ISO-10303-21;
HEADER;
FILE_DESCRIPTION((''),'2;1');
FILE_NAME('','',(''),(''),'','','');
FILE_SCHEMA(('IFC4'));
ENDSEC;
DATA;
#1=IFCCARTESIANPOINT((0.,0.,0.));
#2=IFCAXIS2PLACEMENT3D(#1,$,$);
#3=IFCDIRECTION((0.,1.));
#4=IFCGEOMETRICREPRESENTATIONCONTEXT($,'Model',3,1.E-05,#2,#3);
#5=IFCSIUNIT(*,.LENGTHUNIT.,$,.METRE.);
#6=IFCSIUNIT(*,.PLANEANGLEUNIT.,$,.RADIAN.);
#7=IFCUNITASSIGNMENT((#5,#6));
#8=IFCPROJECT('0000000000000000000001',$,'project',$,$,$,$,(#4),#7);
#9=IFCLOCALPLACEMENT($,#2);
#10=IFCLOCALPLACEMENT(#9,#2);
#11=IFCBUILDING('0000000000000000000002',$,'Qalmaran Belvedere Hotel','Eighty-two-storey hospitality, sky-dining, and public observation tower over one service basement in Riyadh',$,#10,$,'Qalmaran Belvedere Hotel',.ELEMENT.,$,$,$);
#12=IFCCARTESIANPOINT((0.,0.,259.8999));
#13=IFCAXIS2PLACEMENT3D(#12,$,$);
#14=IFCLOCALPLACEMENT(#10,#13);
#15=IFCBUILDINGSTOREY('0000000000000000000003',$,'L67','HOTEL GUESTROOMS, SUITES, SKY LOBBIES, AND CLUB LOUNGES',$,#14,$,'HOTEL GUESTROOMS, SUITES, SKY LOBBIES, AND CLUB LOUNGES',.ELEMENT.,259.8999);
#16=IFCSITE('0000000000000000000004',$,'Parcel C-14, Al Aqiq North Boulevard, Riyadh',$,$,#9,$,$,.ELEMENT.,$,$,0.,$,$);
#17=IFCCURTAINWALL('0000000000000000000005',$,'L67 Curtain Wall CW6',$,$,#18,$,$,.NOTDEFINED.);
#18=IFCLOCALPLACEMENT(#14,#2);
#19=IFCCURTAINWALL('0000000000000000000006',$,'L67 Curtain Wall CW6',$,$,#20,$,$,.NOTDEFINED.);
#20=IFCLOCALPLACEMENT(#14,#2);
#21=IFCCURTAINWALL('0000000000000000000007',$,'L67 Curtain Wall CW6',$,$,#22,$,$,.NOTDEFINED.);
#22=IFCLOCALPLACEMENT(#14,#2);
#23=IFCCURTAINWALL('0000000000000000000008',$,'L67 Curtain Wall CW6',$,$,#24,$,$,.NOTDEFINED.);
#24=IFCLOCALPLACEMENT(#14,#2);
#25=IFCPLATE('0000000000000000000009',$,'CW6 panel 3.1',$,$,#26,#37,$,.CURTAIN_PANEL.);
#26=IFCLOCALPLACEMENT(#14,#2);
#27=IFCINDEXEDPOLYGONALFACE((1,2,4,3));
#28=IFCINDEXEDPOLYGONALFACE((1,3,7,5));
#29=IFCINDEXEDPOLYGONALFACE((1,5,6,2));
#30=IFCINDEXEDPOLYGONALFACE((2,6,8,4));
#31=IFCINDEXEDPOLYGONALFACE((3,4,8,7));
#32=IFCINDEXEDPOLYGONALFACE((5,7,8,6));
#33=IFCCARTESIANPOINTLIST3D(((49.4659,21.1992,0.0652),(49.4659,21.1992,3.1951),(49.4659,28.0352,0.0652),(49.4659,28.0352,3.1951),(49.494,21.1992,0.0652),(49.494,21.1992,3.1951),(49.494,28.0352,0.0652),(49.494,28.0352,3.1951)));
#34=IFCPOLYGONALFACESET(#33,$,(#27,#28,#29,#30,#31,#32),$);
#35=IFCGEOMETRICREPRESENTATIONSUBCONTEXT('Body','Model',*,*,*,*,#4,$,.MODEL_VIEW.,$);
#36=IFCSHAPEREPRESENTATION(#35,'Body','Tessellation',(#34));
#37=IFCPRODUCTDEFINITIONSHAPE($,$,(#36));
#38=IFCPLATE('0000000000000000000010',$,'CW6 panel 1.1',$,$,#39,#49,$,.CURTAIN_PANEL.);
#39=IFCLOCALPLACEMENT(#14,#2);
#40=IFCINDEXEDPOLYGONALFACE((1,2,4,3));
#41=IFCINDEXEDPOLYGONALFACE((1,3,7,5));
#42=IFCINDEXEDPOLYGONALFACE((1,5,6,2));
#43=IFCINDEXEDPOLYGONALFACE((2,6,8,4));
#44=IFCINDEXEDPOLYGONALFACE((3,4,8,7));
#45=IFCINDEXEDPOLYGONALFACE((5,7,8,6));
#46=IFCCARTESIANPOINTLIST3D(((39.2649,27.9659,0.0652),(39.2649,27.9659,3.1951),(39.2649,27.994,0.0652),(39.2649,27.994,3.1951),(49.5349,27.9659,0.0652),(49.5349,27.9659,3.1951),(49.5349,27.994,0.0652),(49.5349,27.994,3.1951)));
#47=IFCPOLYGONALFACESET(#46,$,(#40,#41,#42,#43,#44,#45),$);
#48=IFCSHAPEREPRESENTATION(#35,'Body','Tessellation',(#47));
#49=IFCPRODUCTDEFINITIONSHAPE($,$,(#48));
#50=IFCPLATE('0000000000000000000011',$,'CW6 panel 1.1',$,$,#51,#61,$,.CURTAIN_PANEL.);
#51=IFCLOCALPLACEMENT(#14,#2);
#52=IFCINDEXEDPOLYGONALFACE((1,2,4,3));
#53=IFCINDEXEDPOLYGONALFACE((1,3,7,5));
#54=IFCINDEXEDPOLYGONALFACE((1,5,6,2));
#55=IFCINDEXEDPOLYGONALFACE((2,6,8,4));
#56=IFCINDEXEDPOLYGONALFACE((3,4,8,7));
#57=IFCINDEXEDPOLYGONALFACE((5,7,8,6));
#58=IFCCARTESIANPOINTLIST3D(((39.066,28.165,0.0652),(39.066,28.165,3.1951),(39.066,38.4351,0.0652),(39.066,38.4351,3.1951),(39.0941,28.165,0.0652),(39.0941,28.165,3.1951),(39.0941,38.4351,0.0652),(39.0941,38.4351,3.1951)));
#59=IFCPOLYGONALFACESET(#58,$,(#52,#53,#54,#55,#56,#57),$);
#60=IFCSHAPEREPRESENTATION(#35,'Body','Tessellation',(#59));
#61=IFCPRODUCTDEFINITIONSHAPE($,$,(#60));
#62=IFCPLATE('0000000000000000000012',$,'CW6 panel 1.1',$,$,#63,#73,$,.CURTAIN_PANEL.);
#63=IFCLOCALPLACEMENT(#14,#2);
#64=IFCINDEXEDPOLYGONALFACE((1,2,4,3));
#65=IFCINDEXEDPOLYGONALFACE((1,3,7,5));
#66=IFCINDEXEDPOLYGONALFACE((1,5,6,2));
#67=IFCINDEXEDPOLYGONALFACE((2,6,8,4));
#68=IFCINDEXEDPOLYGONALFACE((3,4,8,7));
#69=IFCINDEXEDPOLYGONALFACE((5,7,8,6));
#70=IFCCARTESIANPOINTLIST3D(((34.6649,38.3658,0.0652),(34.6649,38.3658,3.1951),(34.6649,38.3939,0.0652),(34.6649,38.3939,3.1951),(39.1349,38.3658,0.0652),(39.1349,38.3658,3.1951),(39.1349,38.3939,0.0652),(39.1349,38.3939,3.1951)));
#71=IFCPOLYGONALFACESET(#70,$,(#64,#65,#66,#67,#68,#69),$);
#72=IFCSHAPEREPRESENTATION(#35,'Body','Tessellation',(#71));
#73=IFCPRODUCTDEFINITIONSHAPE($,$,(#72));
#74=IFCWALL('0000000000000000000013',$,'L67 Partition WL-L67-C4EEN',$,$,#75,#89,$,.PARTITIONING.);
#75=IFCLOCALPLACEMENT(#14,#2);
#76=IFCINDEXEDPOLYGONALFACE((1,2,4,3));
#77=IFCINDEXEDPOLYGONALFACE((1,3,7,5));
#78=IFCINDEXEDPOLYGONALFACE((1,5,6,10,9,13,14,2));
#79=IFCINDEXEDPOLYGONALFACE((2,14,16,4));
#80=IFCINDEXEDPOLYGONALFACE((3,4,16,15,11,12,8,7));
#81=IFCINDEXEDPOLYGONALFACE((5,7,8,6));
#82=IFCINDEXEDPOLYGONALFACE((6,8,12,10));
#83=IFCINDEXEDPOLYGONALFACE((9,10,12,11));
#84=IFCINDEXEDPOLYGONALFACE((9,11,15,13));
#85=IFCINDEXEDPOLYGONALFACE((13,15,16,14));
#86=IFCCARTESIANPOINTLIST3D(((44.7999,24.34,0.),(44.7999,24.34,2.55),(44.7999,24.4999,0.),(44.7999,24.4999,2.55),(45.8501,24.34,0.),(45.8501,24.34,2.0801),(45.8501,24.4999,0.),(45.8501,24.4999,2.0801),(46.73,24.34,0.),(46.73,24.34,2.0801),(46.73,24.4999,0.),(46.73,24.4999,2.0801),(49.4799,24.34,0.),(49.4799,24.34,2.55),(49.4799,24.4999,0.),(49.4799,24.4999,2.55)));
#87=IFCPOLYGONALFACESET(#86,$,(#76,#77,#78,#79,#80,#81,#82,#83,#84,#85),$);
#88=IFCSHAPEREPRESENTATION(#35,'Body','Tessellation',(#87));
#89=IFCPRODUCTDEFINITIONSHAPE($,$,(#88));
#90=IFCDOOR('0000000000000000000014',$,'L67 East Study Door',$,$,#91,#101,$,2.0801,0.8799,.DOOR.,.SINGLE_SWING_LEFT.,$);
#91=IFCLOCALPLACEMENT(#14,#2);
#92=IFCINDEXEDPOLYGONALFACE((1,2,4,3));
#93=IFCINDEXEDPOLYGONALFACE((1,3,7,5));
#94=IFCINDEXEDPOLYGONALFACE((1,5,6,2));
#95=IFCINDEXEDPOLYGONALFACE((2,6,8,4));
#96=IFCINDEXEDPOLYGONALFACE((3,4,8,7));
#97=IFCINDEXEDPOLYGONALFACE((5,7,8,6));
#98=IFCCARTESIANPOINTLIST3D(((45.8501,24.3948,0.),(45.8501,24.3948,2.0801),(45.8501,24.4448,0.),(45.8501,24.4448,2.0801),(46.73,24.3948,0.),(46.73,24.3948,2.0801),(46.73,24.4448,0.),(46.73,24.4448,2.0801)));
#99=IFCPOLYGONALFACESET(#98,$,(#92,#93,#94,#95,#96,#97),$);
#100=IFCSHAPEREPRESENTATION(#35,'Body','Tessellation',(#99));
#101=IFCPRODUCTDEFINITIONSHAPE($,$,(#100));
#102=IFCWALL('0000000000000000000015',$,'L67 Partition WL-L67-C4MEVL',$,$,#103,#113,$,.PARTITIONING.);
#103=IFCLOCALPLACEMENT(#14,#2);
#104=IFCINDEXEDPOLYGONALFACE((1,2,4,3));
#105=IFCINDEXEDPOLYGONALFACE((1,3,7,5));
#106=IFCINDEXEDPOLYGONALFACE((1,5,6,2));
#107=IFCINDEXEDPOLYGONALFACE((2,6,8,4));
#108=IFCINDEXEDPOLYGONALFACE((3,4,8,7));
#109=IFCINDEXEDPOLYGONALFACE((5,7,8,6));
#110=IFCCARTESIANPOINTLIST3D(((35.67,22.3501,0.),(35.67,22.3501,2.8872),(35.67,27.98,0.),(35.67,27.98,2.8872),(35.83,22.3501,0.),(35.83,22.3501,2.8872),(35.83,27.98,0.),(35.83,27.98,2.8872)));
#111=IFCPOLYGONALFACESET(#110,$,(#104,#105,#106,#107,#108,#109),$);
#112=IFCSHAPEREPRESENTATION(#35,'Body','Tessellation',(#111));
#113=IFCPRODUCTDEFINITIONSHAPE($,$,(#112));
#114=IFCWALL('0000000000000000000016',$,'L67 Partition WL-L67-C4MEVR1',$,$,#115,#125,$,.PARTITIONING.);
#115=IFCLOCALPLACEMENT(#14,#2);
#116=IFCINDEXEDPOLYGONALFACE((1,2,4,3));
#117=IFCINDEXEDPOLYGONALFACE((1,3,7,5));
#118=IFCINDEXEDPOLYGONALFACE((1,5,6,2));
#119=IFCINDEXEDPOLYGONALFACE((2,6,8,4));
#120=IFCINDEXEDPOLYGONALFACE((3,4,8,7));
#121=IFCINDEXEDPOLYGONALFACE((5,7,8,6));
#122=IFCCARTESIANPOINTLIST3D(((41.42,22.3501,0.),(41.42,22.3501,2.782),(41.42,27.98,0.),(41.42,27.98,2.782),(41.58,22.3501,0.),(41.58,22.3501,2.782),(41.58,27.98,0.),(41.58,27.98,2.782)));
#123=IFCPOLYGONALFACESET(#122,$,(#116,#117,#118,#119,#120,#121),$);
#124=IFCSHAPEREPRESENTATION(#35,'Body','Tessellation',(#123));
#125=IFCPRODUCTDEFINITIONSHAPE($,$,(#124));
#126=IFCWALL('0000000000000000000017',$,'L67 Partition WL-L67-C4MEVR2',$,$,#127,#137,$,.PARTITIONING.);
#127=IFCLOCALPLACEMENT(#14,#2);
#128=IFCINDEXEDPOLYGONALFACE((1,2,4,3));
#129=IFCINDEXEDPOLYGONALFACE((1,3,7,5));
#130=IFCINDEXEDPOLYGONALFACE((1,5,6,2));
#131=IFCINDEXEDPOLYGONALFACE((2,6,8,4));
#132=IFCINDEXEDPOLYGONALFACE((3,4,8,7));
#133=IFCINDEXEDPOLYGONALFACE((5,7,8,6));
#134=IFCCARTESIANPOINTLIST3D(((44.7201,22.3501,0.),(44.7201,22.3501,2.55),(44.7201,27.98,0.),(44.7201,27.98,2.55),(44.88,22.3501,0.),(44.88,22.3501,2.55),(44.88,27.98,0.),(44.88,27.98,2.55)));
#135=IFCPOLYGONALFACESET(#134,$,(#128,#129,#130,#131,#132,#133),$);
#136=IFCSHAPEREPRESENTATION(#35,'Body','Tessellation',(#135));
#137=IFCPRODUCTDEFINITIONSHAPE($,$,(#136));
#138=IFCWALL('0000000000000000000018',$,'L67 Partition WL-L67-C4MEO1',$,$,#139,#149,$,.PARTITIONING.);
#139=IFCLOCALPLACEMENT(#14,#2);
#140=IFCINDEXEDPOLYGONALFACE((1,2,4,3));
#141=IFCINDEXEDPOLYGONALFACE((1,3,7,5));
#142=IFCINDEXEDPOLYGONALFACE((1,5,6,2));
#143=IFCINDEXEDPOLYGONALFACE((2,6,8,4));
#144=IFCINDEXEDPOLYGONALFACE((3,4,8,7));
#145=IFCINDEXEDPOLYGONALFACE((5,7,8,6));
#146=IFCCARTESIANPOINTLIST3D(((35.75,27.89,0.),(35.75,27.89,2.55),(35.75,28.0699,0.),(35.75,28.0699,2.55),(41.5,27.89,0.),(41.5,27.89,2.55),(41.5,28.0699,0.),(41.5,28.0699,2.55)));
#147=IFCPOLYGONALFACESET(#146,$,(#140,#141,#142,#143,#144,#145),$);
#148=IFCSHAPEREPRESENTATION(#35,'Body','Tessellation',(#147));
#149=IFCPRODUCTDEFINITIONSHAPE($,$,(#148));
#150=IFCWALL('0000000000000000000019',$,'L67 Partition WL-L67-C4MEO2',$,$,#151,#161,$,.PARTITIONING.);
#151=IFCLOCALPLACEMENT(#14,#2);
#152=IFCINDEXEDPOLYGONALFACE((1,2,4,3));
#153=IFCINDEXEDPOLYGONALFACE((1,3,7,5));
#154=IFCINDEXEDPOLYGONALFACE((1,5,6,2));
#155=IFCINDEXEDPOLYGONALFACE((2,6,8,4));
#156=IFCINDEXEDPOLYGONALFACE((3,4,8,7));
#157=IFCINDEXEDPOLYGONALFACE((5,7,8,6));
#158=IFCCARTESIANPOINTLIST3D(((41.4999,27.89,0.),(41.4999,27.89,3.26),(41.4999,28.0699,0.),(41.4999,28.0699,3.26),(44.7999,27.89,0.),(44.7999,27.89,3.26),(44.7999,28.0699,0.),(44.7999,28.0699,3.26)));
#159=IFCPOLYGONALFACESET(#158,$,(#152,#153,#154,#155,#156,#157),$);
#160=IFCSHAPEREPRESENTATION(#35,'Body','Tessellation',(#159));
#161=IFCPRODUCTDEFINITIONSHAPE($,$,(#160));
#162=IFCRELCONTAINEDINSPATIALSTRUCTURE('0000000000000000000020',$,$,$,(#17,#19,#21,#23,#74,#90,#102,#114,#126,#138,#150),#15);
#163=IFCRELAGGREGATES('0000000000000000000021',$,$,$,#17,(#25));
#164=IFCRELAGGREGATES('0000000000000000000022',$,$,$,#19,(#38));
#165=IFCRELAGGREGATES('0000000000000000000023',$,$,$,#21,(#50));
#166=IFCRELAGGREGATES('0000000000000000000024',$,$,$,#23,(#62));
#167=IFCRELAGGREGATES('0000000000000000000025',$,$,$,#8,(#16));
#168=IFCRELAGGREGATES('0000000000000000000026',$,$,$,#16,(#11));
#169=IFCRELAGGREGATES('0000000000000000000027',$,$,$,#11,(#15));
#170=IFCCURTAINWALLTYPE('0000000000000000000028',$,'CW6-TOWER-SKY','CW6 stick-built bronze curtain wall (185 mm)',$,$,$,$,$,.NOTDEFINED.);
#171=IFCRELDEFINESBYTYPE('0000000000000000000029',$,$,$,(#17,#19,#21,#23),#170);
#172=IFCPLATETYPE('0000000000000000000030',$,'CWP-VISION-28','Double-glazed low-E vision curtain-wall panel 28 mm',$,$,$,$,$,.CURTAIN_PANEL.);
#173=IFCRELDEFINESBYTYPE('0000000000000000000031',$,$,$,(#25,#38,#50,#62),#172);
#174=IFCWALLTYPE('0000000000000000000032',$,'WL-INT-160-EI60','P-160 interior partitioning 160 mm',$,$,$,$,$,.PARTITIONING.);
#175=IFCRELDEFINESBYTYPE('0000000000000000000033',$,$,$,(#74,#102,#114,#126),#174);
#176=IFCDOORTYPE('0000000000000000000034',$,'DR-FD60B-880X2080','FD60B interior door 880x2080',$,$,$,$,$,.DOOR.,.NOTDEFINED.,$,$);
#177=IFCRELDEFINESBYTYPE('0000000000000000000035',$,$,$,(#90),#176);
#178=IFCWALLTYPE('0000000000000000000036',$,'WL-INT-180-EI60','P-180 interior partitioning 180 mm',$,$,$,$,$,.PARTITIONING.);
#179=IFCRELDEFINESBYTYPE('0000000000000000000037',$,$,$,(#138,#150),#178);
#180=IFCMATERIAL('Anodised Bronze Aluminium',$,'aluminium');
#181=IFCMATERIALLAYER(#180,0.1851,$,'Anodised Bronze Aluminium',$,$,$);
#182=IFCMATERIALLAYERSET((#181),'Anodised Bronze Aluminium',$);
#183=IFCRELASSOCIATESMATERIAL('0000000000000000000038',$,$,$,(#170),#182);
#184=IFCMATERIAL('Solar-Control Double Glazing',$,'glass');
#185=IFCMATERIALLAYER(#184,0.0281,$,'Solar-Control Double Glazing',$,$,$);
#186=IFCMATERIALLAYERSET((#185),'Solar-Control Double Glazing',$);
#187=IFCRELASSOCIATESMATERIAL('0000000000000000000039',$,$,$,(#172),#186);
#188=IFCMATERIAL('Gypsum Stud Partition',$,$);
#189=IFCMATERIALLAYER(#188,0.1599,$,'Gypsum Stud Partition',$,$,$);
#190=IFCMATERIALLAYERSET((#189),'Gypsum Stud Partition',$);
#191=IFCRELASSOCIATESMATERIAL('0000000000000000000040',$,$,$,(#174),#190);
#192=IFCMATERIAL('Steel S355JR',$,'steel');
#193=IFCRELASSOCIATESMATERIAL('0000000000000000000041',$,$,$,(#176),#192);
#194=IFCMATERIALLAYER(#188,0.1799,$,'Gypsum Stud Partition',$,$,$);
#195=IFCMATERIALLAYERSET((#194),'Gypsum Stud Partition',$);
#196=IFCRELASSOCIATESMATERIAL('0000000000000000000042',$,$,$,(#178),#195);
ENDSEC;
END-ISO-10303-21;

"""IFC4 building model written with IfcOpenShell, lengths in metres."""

from ifc_helpers import new_model, si_unit, direction, frame, frame_2d, origin, origin_2d, place, context, subcontext, project, spatial, rectangle, extrude, material, layer, layer_set, type_object, element, fill, aggregate, save


model = new_model("IFC4")

# Units and contexts
model_context = context("Model", 3, precision=1e-05, world=origin(), true_north=direction((0.0, 1.0)))
body_context = subcontext(model_context, "Body", "Model", "MODEL_VIEW")
ifc_project = project(units=[si_unit("LENGTHUNIT", "METRE"), si_unit("PLANEANGLEUNIT", "RADIAN")], contexts=[model_context])

# Site, building, storey
site_placement = place(None, origin())
site = spatial("IfcSite", under=ifc_project, at=site_placement, Name="Parcel C-14, Al Aqiq North Boulevard, Riyadh", CompositionType="ELEMENT", RefElevation=0.0)
building_placement = place(site_placement, origin())
building = spatial("IfcBuilding", under=site, at=building_placement, Name="Qalmaran Belvedere Hotel", Description="Eighty-two-storey hospitality, sky-dining, and public observation tower over one service basement in Riyadh", LongName="Qalmaran Belvedere Hotel", CompositionType="ELEMENT")
storey_placement = place(building_placement, frame((0.0, 0.0, 259.8999)))
storey = spatial("IfcBuildingStorey", under=building, at=storey_placement, Name="L67", Description="HOTEL GUESTROOMS, SUITES, SKY LOBBIES, AND CLUB LOUNGES", LongName="HOTEL GUESTROOMS, SUITES, SKY LOBBIES, AND CLUB LOUNGES", CompositionType="ELEMENT", Elevation=259.8999)

# Shared definitions
ifc_material_1 = material(Name="Steel S355JR", Category="steel")

# Curtain walls
ifc_material_2 = material(Name="Anodised Bronze Aluminium", Category="aluminium")
ifc_layer_1 = layer(ifc_material_2, 0.1851, Name="Anodised Bronze Aluminium")
ifc_layer_set_1 = layer_set([ifc_layer_1], Name="Anodised Bronze Aluminium")
curtain_wall_type = type_object("IfcCurtainWallType", Name="CW6-TOWER-SKY", Description="CW6 stick-built bronze curtain wall (185 mm)", PredefinedType="NOTDEFINED", material=ifc_layer_set_1)
curtain_wall_1_placement = place(storey_placement, origin())
curtain_wall_1 = element("IfcCurtainWall", 1, at=curtain_wall_1_placement, inside=storey, type_object=curtain_wall_type, Name="L67 Curtain Wall CW6", PredefinedType="NOTDEFINED")
curtain_wall_2_placement = place(storey_placement, origin())
curtain_wall_2 = element("IfcCurtainWall", 2, at=curtain_wall_2_placement, inside=storey, type_object=curtain_wall_type, Name="L67 Curtain Wall CW6", PredefinedType="NOTDEFINED")
curtain_wall_3_placement = place(storey_placement, origin())
curtain_wall_3 = element("IfcCurtainWall", 3, at=curtain_wall_3_placement, inside=storey, type_object=curtain_wall_type, Name="L67 Curtain Wall CW6", PredefinedType="NOTDEFINED")

# Curtain wall
curtain_wall_4_placement = place(storey_placement, origin())
curtain_wall_4 = element("IfcCurtainWall", 4, at=curtain_wall_4_placement, inside=storey, type_object=curtain_wall_type, Name="L67 Curtain Wall CW6", PredefinedType="NOTDEFINED")

# Plates
ifc_material_3 = material(Name="Solar-Control Double Glazing", Category="glass")
ifc_layer_2 = layer(ifc_material_3, 0.0281, Name="Solar-Control Double Glazing")
ifc_layer_set_2 = layer_set([ifc_layer_2], Name="Solar-Control Double Glazing")
plate_type = type_object("IfcPlateType", Name="CWP-VISION-28", Description="Double-glazed low-E vision curtain-wall panel 28 mm", PredefinedType="CURTAIN_PANEL", material=ifc_layer_set_2)
plate_1_placement = place(storey_placement, frame((49.48, 24.6172, 0.0652), z_axis=(0.0, 0.0, 1.0), x_axis=(0.0, 1.0, 0.0)))
plate_1 = element("IfcPlate", 5, at=plate_1_placement, type_object=plate_type, Name="CW6 panel 3.1", PredefinedType="CURTAIN_PANEL", context=body_context, shape_type="SweptSolid", body=[
    extrude(rectangle(XDim=6.8359, YDim=0.0281, at=origin_2d()), origin(), (0.0, 0.0, 1.0), 3.1299),
])
aggregate(curtain_wall_1, [plate_1])
plate_2_placement = place(storey_placement, frame((44.3999, 27.98, 0.0652), z_axis=(0.0, 0.0, 1.0), x_axis=(-1.0, 0.0, 0.0)))
plate_2 = element("IfcPlate", 6, at=plate_2_placement, type_object=plate_type, Name="CW6 panel 1.1", PredefinedType="CURTAIN_PANEL", context=body_context, shape_type="SweptSolid", body=[
    extrude(rectangle(XDim=10.27, YDim=0.0281, at=origin_2d()), origin(), (0.0, 0.0, 1.0), 3.1299),
])
aggregate(curtain_wall_2, [plate_2])
plate_3_placement = place(storey_placement, frame((39.0801, 33.3, 0.0652), z_axis=(0.0, 0.0, 1.0), x_axis=(0.0, 1.0, 0.0)))
plate_3 = element("IfcPlate", 7, at=plate_3_placement, type_object=plate_type, Name="CW6 panel 1.1", PredefinedType="CURTAIN_PANEL", context=body_context, shape_type="SweptSolid", body=[
    extrude(rectangle(XDim=10.27, YDim=0.0281, at=origin_2d()), origin(), (0.0, 0.0, 1.0), 3.1299),
])
aggregate(curtain_wall_3, [plate_3])
plate_4_placement = place(storey_placement, frame((36.8999, 38.3799, 0.0652), z_axis=(0.0, 0.0, 1.0), x_axis=(-1.0, 0.0, 0.0)))
plate_4 = element("IfcPlate", 8, at=plate_4_placement, type_object=plate_type, Name="CW6 panel 1.1", PredefinedType="CURTAIN_PANEL", context=body_context, shape_type="SweptSolid", body=[
    extrude(rectangle(XDim=4.47, YDim=0.0281, at=origin_2d()), origin(), (0.0, 0.0, 1.0), 3.1299),
])
aggregate(curtain_wall_4, [plate_4])

# Wall, opening, door
ifc_material_4 = material(Name="Gypsum Stud Partition")
ifc_layer_3 = layer(ifc_material_4, 0.1599, Name="Gypsum Stud Partition")
ifc_layer_set_3 = layer_set([ifc_layer_3], Name="Gypsum Stud Partition")
wall_type_1 = type_object("IfcWallType", Name="WL-INT-160-EI60", Description="P-160 interior partitioning 160 mm", PredefinedType="PARTITIONING", material=ifc_layer_set_3)
wall_1_placement = place(storey_placement, frame((44.8, 24.4199, 0.0), z_axis=(0.0, 0.0, 1.0), x_axis=(1.0, 0.0, 0.0)))
wall_1 = element("IfcWall", 9, at=wall_1_placement, inside=storey, type_object=wall_type_1, Name="L67 Partition WL-L67-C4EEN", PredefinedType="PARTITIONING", context=body_context, shape_type="SweptSolid", body=[
    extrude(rectangle(XDim=4.6799, YDim=0.1599, at=frame_2d((2.3398, 0.0))), origin(), (0.0, 0.0, 1.0), 2.55),
])
opening_1_placement = place(wall_1_placement, frame((1.05, 0.0, 0.0)))
opening_1 = element("IfcOpeningElement", 10, at=opening_1_placement, cuts=wall_1, PredefinedType="OPENING", context=body_context, shape_type="SweptSolid", body=[
    extrude(rectangle(XDim=0.8799, YDim=2.0801, at=frame_2d((0.4399, 1.04))), frame((0.0, 0.0898, 0.0), z_axis=(0.0, -1.0, 0.0), x_axis=(1.0, 0.0, 0.0)), (0.0, 0.0, 1.0), 0.1799),
])
door_type_1 = type_object("IfcDoorType", Name="DR-FD60B-880X2080", Description="FD60B interior door 880x2080", OperationType="NOTDEFINED", PredefinedType="DOOR", material=ifc_material_1)
door_1_placement = place(opening_1_placement, origin())
door_1 = element("IfcDoor", 11, at=door_1_placement, inside=storey, type_object=door_type_1, Name="L67 East Study Door", OperationType="SINGLE_SWING_LEFT", OverallHeight=2.0801, OverallWidth=0.8799, PredefinedType="DOOR", context=body_context, shape_type="SweptSolid", body=[
    extrude(rectangle(XDim=0.8799, YDim=2.0801, at=frame_2d((0.4399, 1.04))), frame((0.0, 0.0249, 0.0), z_axis=(0.0, -1.0, 0.0), x_axis=(1.0, 0.0, 0.0)), (0.0, 0.0, 1.0), 0.05),
])
fill(opening_1, door_1)

# Walls
wall_2_placement = place(storey_placement, frame((35.75, 22.3501, 0.0), z_axis=(0.0, 0.0, 1.0), x_axis=(0.0, 1.0, 0.0)))
element("IfcWall", 12, at=wall_2_placement, inside=storey, type_object=wall_type_1, Name="L67 Partition WL-L67-C4MEVL", PredefinedType="PARTITIONING", context=body_context, shape_type="SweptSolid", body=[
    extrude(rectangle(XDim=5.6299, YDim=0.1599, at=frame_2d((2.8149, 0.0))), origin(), (0.0, 0.0, 1.0), 2.8872),
])
wall_3_placement = place(storey_placement, frame((41.5, 22.3501, 0.0), z_axis=(0.0, 0.0, 1.0), x_axis=(0.0, 1.0, 0.0)))
element("IfcWall", 13, at=wall_3_placement, inside=storey, type_object=wall_type_1, Name="L67 Partition WL-L67-C4MEVR1", PredefinedType="PARTITIONING", context=body_context, shape_type="SweptSolid", body=[
    extrude(rectangle(XDim=5.6299, YDim=0.1599, at=frame_2d((2.8149, 0.0))), origin(), (0.0, 0.0, 1.0), 2.782),
])
wall_4_placement = place(storey_placement, frame((44.8, 22.3501, 0.0), z_axis=(0.0, 0.0, 1.0), x_axis=(0.0, 1.0, 0.0)))
element("IfcWall", 14, at=wall_4_placement, inside=storey, type_object=wall_type_1, Name="L67 Partition WL-L67-C4MEVR2", PredefinedType="PARTITIONING", context=body_context, shape_type="SweptSolid", body=[
    extrude(rectangle(XDim=5.6299, YDim=0.1599, at=frame_2d((2.8149, 0.0))), origin(), (0.0, 0.0, 1.0), 2.55),
])
ifc_layer_4 = layer(ifc_material_4, 0.1799, Name="Gypsum Stud Partition")
ifc_layer_set_4 = layer_set([ifc_layer_4], Name="Gypsum Stud Partition")
wall_type_2 = type_object("IfcWallType", Name="WL-INT-180-EI60", Description="P-180 interior partitioning 180 mm", PredefinedType="PARTITIONING", material=ifc_layer_set_4)
wall_5_placement = place(storey_placement, frame((35.75, 27.98, 0.0), z_axis=(0.0, 0.0, 1.0), x_axis=(1.0, 0.0, 0.0)))
element("IfcWall", 15, at=wall_5_placement, inside=storey, type_object=wall_type_2, Name="L67 Partition WL-L67-C4MEO1", PredefinedType="PARTITIONING", context=body_context, shape_type="SweptSolid", body=[
    extrude(rectangle(XDim=5.75, YDim=0.1799, at=frame_2d((2.875, 0.0))), origin(), (0.0, 0.0, 1.0), 2.55),
])

# Wall
wall_6_placement = place(storey_placement, frame((41.5, 27.98, 0.0), z_axis=(0.0, 0.0, 1.0), x_axis=(1.0, 0.0, 0.0)))
element("IfcWall", 16, at=wall_6_placement, inside=storey, type_object=wall_type_2, Name="L67 Partition WL-L67-C4MEO2", PredefinedType="PARTITIONING", context=body_context, shape_type="SweptSolid", body=[
    extrude(rectangle(XDim=3.3, YDim=0.1799, at=frame_2d((1.6499, 0.0))), origin(), (0.0, 0.0, 1.0), 3.26),
])

save(model, "model.ifc")
